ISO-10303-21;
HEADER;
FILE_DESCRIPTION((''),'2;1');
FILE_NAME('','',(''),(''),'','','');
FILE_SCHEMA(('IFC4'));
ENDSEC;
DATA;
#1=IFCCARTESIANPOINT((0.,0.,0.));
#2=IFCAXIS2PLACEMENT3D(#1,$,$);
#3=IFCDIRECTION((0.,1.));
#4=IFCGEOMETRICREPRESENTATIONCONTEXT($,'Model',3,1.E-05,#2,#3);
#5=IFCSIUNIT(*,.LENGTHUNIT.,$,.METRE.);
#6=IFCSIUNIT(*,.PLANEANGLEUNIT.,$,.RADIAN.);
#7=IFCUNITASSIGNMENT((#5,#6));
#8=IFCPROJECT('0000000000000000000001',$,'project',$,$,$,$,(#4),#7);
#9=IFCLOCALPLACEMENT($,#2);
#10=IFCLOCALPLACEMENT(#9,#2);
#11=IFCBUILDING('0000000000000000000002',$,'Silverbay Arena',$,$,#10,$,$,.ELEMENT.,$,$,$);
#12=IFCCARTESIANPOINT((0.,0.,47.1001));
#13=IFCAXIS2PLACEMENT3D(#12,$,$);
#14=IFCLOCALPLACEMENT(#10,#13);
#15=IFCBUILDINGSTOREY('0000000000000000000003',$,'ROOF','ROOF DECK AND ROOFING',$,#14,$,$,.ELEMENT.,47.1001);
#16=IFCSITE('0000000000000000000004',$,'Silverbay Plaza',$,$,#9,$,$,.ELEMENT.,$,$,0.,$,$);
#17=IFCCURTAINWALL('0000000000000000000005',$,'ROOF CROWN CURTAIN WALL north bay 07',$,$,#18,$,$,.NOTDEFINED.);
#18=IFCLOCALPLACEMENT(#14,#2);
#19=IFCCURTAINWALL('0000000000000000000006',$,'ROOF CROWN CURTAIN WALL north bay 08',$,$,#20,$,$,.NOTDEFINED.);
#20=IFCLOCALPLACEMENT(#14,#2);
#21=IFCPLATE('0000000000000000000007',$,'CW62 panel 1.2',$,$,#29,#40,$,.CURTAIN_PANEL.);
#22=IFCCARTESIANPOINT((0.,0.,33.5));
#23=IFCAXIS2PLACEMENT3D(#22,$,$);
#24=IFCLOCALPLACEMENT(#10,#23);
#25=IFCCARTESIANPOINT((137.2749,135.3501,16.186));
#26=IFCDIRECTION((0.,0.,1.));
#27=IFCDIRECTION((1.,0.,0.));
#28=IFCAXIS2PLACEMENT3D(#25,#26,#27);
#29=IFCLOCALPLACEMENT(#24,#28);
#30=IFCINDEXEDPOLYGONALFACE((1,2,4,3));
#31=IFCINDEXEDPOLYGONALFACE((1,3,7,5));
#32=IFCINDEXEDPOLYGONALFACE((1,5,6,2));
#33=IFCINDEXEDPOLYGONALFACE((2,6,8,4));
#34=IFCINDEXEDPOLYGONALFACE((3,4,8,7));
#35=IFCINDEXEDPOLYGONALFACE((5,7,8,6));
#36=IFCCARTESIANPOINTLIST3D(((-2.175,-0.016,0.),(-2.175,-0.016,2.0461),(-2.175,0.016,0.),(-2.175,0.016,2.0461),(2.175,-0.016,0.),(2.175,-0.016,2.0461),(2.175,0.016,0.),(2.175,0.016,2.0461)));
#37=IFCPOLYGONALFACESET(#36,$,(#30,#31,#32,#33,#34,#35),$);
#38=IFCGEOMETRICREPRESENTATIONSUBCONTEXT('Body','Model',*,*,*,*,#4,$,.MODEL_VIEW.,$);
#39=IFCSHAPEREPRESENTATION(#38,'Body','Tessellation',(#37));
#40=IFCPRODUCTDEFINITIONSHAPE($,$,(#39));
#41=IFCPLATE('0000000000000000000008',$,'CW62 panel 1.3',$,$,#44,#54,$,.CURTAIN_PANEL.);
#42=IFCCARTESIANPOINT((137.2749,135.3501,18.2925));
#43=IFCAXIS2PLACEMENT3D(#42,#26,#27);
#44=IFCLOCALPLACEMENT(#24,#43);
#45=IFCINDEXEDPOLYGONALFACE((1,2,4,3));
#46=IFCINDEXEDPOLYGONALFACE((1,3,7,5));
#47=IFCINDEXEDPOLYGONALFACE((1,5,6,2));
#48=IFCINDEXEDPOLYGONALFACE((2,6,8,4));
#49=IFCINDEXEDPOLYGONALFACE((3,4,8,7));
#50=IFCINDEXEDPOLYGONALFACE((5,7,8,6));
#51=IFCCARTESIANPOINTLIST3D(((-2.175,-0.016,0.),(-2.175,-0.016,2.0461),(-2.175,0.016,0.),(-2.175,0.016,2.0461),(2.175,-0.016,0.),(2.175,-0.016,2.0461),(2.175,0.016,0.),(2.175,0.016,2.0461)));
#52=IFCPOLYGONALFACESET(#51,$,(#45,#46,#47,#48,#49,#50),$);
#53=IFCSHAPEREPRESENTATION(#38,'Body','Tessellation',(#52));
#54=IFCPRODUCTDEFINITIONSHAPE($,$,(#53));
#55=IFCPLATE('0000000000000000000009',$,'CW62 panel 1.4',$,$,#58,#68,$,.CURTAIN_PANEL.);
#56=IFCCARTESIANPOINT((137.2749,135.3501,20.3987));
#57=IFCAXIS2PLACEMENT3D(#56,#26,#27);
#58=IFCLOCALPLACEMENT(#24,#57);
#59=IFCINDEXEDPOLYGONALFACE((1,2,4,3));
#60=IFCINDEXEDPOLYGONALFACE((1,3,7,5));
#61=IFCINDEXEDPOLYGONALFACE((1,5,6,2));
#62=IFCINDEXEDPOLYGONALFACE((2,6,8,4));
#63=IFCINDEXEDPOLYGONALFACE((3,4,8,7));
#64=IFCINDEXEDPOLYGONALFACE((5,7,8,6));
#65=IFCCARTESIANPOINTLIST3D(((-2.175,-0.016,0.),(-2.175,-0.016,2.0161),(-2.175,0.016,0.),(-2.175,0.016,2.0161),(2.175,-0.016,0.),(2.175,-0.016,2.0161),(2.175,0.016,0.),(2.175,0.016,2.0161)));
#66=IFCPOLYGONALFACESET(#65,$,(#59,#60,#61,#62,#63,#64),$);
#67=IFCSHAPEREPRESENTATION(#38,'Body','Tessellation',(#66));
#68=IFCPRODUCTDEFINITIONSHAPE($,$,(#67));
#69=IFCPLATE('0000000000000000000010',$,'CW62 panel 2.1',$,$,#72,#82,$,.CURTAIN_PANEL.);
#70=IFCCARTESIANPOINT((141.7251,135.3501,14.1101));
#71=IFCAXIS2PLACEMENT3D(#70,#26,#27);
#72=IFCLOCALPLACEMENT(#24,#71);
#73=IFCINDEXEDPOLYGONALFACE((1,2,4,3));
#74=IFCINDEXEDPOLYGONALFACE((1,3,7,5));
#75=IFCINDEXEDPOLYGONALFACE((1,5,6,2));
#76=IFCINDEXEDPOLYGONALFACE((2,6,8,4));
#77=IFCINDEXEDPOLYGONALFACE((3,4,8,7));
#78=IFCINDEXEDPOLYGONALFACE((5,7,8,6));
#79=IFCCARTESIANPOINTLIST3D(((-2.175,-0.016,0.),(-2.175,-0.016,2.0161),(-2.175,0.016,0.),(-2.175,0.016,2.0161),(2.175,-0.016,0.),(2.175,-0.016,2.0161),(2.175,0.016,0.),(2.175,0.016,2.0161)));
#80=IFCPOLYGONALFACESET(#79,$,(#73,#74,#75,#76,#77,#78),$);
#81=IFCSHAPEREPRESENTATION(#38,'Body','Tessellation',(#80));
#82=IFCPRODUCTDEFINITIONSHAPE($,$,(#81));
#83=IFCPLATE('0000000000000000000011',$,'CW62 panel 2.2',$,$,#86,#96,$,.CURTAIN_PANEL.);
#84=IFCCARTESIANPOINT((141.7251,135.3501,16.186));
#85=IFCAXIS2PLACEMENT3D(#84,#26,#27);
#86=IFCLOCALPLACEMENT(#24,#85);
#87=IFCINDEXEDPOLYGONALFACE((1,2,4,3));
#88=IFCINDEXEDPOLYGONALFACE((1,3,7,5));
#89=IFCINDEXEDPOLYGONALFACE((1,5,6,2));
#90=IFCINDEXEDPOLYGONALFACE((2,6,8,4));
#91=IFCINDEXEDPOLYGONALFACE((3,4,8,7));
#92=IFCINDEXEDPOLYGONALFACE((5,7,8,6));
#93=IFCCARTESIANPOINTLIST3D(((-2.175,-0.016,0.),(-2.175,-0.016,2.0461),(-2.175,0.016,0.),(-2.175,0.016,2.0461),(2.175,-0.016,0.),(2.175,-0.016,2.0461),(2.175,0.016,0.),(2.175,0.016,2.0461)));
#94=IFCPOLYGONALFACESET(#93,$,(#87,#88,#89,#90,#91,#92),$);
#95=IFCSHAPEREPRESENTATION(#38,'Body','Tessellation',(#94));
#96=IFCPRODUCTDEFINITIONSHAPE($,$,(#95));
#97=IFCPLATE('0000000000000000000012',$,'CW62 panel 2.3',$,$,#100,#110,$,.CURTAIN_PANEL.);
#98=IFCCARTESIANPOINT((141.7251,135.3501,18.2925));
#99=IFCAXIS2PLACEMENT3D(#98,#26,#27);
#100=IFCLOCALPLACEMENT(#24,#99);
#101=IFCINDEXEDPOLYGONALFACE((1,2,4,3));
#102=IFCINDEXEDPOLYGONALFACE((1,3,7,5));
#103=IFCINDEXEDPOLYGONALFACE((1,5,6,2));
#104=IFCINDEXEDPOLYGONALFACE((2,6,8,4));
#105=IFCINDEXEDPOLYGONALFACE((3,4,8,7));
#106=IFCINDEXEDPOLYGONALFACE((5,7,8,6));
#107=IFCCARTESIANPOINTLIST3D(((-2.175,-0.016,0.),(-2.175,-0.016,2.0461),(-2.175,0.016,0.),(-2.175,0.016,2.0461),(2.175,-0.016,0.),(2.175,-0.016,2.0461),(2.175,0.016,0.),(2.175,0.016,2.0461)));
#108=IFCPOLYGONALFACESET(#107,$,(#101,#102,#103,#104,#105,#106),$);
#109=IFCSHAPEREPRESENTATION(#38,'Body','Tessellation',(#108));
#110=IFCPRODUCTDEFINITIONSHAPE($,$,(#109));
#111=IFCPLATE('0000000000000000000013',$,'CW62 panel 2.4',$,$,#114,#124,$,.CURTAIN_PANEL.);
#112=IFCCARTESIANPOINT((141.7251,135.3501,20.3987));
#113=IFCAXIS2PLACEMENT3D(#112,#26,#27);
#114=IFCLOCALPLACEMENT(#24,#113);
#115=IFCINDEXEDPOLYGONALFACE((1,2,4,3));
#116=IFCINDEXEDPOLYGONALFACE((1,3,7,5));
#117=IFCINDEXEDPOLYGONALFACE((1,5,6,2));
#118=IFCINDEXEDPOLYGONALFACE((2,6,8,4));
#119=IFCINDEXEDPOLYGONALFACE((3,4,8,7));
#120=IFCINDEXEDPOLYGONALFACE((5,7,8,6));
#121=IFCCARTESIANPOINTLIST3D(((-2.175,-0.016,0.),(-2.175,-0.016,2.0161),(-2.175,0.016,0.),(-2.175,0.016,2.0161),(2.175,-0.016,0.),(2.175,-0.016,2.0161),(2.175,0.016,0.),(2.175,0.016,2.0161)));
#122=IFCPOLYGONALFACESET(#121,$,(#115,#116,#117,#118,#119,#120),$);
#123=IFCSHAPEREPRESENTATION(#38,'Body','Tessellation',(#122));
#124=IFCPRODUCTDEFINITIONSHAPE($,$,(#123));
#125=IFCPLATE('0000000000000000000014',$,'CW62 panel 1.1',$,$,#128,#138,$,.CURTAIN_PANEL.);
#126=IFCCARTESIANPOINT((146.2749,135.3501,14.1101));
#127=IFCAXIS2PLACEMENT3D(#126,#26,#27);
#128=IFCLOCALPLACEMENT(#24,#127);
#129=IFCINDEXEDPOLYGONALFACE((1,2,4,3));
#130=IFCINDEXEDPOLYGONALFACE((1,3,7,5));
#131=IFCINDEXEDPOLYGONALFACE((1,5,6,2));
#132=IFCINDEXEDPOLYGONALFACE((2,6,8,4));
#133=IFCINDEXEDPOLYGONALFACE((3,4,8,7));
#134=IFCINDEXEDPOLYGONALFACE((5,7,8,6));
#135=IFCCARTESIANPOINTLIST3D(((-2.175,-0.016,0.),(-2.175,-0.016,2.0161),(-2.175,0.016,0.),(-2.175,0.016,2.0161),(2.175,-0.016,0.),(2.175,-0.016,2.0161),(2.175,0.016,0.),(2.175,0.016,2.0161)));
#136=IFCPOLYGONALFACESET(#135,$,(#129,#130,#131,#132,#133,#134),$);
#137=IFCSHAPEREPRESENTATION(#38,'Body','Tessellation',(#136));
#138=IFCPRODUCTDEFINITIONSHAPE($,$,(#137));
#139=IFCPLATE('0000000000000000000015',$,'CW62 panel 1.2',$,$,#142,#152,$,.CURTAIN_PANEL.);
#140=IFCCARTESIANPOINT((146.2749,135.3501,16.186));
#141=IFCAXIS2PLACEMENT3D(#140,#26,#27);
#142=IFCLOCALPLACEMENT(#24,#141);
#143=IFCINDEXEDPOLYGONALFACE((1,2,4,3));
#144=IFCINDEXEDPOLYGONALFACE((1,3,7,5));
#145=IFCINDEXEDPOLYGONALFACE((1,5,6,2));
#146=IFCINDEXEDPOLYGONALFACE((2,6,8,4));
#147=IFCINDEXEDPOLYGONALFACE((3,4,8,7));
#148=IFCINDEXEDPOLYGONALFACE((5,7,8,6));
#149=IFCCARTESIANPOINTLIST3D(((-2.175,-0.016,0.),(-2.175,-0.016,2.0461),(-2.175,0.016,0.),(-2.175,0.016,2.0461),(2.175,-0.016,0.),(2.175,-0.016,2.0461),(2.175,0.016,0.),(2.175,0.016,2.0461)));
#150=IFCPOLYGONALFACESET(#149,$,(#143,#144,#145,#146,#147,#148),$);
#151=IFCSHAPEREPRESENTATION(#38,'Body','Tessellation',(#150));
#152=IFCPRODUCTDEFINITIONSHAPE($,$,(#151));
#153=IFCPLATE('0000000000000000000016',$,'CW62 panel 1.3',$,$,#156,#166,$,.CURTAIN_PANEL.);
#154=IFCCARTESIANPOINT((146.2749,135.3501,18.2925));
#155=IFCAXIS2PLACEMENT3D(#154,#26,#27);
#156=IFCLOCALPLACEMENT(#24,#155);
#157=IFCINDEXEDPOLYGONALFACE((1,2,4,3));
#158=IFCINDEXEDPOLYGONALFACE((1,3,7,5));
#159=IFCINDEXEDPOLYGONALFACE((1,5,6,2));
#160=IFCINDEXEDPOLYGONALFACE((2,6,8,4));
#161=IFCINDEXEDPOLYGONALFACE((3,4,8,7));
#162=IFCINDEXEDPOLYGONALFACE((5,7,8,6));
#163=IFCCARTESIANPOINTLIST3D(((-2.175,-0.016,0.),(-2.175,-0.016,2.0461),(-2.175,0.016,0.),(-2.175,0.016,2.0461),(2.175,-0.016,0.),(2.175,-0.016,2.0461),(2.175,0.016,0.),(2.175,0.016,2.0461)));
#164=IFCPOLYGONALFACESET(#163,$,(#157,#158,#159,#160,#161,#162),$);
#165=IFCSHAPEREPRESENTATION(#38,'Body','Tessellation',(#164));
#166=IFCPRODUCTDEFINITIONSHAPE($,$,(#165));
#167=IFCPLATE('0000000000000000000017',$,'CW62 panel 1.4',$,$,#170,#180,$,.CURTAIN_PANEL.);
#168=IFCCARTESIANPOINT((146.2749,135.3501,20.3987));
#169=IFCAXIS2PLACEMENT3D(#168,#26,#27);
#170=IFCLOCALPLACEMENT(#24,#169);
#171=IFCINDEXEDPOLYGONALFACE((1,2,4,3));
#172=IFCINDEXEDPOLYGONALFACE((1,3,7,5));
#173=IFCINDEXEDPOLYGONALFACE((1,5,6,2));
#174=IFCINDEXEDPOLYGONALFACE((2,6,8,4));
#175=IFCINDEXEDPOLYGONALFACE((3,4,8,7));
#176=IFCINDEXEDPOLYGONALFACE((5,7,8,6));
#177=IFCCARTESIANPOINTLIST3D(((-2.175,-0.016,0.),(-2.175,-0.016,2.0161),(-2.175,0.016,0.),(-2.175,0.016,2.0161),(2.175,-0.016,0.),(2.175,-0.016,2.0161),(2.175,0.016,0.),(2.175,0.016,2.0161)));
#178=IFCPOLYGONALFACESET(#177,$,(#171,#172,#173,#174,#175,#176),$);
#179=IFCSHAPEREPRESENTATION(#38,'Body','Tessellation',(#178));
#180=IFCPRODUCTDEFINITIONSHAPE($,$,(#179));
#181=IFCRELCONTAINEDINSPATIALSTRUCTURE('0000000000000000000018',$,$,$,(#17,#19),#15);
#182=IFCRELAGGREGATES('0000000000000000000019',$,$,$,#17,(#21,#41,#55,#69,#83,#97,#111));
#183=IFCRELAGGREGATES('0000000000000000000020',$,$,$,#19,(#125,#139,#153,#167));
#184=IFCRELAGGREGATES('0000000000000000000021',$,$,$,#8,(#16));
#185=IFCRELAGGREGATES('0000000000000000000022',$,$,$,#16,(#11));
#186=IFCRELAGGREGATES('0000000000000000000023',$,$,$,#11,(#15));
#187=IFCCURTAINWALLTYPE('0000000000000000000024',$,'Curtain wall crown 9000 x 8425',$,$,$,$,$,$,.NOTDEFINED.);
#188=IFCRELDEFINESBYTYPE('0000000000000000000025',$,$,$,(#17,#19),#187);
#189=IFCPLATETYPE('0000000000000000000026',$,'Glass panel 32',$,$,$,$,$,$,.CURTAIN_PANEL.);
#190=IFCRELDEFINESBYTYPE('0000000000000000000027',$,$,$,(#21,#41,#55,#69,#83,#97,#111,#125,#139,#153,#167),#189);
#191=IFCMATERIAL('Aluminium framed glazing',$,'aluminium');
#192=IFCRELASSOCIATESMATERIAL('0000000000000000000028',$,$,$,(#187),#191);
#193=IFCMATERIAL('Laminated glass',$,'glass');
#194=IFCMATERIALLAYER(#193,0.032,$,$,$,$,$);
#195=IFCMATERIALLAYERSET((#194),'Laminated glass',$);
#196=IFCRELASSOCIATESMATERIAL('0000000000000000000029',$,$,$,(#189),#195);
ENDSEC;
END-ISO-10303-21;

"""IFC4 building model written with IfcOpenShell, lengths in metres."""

from ifc_helpers import new_model, si_unit, direction, frame, origin, origin_2d, place, context, subcontext, project, spatial, rectangle, extrude, material, layer, layer_set, type_object, element, aggregate, save


model = new_model("IFC4")

# Units and contexts
model_context = context("Model", 3, precision=1e-05, world=origin(), true_north=direction((0.0, 1.0)))
body_context = subcontext(model_context, "Body", "Model", "MODEL_VIEW")
ifc_project = project(units=[si_unit("LENGTHUNIT", "METRE"), si_unit("PLANEANGLEUNIT", "RADIAN")], contexts=[model_context])

# Site, building, storey
site_placement = place(None, origin())
site = spatial("IfcSite", under=ifc_project, at=site_placement, Name="Silverbay Plaza", CompositionType="ELEMENT", RefElevation=0.0)
building_placement = place(site_placement, origin())
building = spatial("IfcBuilding", under=site, at=building_placement, Name="Silverbay Arena", CompositionType="ELEMENT")
storey_placement = place(building_placement, frame((0.0, 0.0, 47.1001)))
storey = spatial("IfcBuildingStorey", under=building, at=storey_placement, Name="ROOF", Description="ROOF DECK AND ROOFING", CompositionType="ELEMENT", Elevation=47.1001)

# Curtain wall
ifc_material_1 = material(Name="Aluminium framed glazing", Category="aluminium")
curtain_wall_type = type_object("IfcCurtainWallType", Name="Curtain wall crown 9000 x 8425", PredefinedType="NOTDEFINED", material=ifc_material_1)
curtain_wall_1_placement = place(storey_placement, origin())
curtain_wall_1 = element("IfcCurtainWall", 1, at=curtain_wall_1_placement, inside=storey, type_object=curtain_wall_type, Name="ROOF CROWN CURTAIN WALL north bay 07", PredefinedType="NOTDEFINED")
placement = place(building_placement, frame((0.0, 0.0, 33.5)))

# Curtain wall
curtain_wall_2_placement = place(storey_placement, origin())
curtain_wall_2 = element("IfcCurtainWall", 2, at=curtain_wall_2_placement, inside=storey, type_object=curtain_wall_type, Name="ROOF CROWN CURTAIN WALL north bay 08", PredefinedType="NOTDEFINED")

# Plates
ifc_material_2 = material(Name="Laminated glass", Category="glass")
ifc_layer_1 = layer(ifc_material_2, 0.032)
ifc_layer_set_1 = layer_set([ifc_layer_1], Name="Laminated glass")
plate_type = type_object("IfcPlateType", Name="Glass panel 32", PredefinedType="CURTAIN_PANEL", material=ifc_layer_set_1)
plate_1_placement = place(placement, frame((137.2749, 135.3501, 16.186), z_axis=(0.0, 0.0, 1.0), x_axis=(1.0, 0.0, 0.0)))
plate_1 = element("IfcPlate", 3, at=plate_1_placement, type_object=plate_type, Name="CW62 panel 1.2", PredefinedType="CURTAIN_PANEL", context=body_context, shape_type="SweptSolid", body=[
    extrude(rectangle(XDim=4.3501, YDim=0.032, at=origin_2d()), origin(), (0.0, 0.0, 1.0), 2.0461),
])
plate_2_placement = place(placement, frame((137.2749, 135.3501, 18.2925), z_axis=(0.0, 0.0, 1.0), x_axis=(1.0, 0.0, 0.0)))
plate_2 = element("IfcPlate", 4, at=plate_2_placement, type_object=plate_type, Name="CW62 panel 1.3", PredefinedType="CURTAIN_PANEL", context=body_context, shape_type="SweptSolid", body=[
    extrude(rectangle(XDim=4.3501, YDim=0.032, at=origin_2d()), origin(), (0.0, 0.0, 1.0), 2.0461),
])
plate_3_placement = place(placement, frame((137.2749, 135.3501, 20.3987), z_axis=(0.0, 0.0, 1.0), x_axis=(1.0, 0.0, 0.0)))
plate_3 = element("IfcPlate", 5, at=plate_3_placement, type_object=plate_type, Name="CW62 panel 1.4", PredefinedType="CURTAIN_PANEL", context=body_context, shape_type="SweptSolid", body=[
    extrude(rectangle(XDim=4.3501, YDim=0.032, at=origin_2d()), origin(), (0.0, 0.0, 1.0), 2.0161),
])
plate_4_placement = place(placement, frame((141.7251, 135.3501, 14.1101), z_axis=(0.0, 0.0, 1.0), x_axis=(1.0, 0.0, 0.0)))
plate_4 = element("IfcPlate", 6, at=plate_4_placement, type_object=plate_type, Name="CW62 panel 2.1", PredefinedType="CURTAIN_PANEL", context=body_context, shape_type="SweptSolid", body=[
    extrude(rectangle(XDim=4.3501, YDim=0.032, at=origin_2d()), origin(), (0.0, 0.0, 1.0), 2.0161),
])
plate_5_placement = place(placement, frame((141.7251, 135.3501, 16.186), z_axis=(0.0, 0.0, 1.0), x_axis=(1.0, 0.0, 0.0)))
plate_5 = element("IfcPlate", 7, at=plate_5_placement, type_object=plate_type, Name="CW62 panel 2.2", PredefinedType="CURTAIN_PANEL", context=body_context, shape_type="SweptSolid", body=[
    extrude(rectangle(XDim=4.3501, YDim=0.032, at=origin_2d()), origin(), (0.0, 0.0, 1.0), 2.0461),
])
plate_6_placement = place(placement, frame((141.7251, 135.3501, 18.2925), z_axis=(0.0, 0.0, 1.0), x_axis=(1.0, 0.0, 0.0)))
plate_6 = element("IfcPlate", 8, at=plate_6_placement, type_object=plate_type, Name="CW62 panel 2.3", PredefinedType="CURTAIN_PANEL", context=body_context, shape_type="SweptSolid", body=[
    extrude(rectangle(XDim=4.3501, YDim=0.032, at=origin_2d()), origin(), (0.0, 0.0, 1.0), 2.0461),
])
plate_7_placement = place(placement, frame((141.7251, 135.3501, 20.3987), z_axis=(0.0, 0.0, 1.0), x_axis=(1.0, 0.0, 0.0)))
plate_7 = element("IfcPlate", 9, at=plate_7_placement, type_object=plate_type, Name="CW62 panel 2.4", PredefinedType="CURTAIN_PANEL", context=body_context, shape_type="SweptSolid", body=[
    extrude(rectangle(XDim=4.3501, YDim=0.032, at=origin_2d()), origin(), (0.0, 0.0, 1.0), 2.0161),
])
aggregate(curtain_wall_1, [plate_1, plate_2, plate_3, plate_4, plate_5, plate_6, plate_7])
plate_8_placement = place(placement, frame((146.2749, 135.3501, 14.1101), z_axis=(0.0, 0.0, 1.0), x_axis=(1.0, 0.0, 0.0)))
plate_8 = element("IfcPlate", 10, at=plate_8_placement, type_object=plate_type, Name="CW62 panel 1.1", PredefinedType="CURTAIN_PANEL", context=body_context, shape_type="SweptSolid", body=[
    extrude(rectangle(XDim=4.3501, YDim=0.032, at=origin_2d()), origin(), (0.0, 0.0, 1.0), 2.0161),
])
plate_9_placement = place(placement, frame((146.2749, 135.3501, 16.186), z_axis=(0.0, 0.0, 1.0), x_axis=(1.0, 0.0, 0.0)))
plate_9 = element("IfcPlate", 11, at=plate_9_placement, type_object=plate_type, Name="CW62 panel 1.2", PredefinedType="CURTAIN_PANEL", context=body_context, shape_type="SweptSolid", body=[
    extrude(rectangle(XDim=4.3501, YDim=0.032, at=origin_2d()), origin(), (0.0, 0.0, 1.0), 2.0461),
])
plate_10_placement = place(placement, frame((146.2749, 135.3501, 18.2925), z_axis=(0.0, 0.0, 1.0), x_axis=(1.0, 0.0, 0.0)))
plate_10 = element("IfcPlate", 12, at=plate_10_placement, type_object=plate_type, Name="CW62 panel 1.3", PredefinedType="CURTAIN_PANEL", context=body_context, shape_type="SweptSolid", body=[
    extrude(rectangle(XDim=4.3501, YDim=0.032, at=origin_2d()), origin(), (0.0, 0.0, 1.0), 2.0461),
])
plate_11_placement = place(placement, frame((146.2749, 135.3501, 20.3987), z_axis=(0.0, 0.0, 1.0), x_axis=(1.0, 0.0, 0.0)))
plate_11 = element("IfcPlate", 13, at=plate_11_placement, type_object=plate_type, Name="CW62 panel 1.4", PredefinedType="CURTAIN_PANEL", context=body_context, shape_type="SweptSolid", body=[
    extrude(rectangle(XDim=4.3501, YDim=0.032, at=origin_2d()), origin(), (0.0, 0.0, 1.0), 2.0161),
])
aggregate(curtain_wall_2, [plate_8, plate_9, plate_10, plate_11])

save(model, "model.ifc")
